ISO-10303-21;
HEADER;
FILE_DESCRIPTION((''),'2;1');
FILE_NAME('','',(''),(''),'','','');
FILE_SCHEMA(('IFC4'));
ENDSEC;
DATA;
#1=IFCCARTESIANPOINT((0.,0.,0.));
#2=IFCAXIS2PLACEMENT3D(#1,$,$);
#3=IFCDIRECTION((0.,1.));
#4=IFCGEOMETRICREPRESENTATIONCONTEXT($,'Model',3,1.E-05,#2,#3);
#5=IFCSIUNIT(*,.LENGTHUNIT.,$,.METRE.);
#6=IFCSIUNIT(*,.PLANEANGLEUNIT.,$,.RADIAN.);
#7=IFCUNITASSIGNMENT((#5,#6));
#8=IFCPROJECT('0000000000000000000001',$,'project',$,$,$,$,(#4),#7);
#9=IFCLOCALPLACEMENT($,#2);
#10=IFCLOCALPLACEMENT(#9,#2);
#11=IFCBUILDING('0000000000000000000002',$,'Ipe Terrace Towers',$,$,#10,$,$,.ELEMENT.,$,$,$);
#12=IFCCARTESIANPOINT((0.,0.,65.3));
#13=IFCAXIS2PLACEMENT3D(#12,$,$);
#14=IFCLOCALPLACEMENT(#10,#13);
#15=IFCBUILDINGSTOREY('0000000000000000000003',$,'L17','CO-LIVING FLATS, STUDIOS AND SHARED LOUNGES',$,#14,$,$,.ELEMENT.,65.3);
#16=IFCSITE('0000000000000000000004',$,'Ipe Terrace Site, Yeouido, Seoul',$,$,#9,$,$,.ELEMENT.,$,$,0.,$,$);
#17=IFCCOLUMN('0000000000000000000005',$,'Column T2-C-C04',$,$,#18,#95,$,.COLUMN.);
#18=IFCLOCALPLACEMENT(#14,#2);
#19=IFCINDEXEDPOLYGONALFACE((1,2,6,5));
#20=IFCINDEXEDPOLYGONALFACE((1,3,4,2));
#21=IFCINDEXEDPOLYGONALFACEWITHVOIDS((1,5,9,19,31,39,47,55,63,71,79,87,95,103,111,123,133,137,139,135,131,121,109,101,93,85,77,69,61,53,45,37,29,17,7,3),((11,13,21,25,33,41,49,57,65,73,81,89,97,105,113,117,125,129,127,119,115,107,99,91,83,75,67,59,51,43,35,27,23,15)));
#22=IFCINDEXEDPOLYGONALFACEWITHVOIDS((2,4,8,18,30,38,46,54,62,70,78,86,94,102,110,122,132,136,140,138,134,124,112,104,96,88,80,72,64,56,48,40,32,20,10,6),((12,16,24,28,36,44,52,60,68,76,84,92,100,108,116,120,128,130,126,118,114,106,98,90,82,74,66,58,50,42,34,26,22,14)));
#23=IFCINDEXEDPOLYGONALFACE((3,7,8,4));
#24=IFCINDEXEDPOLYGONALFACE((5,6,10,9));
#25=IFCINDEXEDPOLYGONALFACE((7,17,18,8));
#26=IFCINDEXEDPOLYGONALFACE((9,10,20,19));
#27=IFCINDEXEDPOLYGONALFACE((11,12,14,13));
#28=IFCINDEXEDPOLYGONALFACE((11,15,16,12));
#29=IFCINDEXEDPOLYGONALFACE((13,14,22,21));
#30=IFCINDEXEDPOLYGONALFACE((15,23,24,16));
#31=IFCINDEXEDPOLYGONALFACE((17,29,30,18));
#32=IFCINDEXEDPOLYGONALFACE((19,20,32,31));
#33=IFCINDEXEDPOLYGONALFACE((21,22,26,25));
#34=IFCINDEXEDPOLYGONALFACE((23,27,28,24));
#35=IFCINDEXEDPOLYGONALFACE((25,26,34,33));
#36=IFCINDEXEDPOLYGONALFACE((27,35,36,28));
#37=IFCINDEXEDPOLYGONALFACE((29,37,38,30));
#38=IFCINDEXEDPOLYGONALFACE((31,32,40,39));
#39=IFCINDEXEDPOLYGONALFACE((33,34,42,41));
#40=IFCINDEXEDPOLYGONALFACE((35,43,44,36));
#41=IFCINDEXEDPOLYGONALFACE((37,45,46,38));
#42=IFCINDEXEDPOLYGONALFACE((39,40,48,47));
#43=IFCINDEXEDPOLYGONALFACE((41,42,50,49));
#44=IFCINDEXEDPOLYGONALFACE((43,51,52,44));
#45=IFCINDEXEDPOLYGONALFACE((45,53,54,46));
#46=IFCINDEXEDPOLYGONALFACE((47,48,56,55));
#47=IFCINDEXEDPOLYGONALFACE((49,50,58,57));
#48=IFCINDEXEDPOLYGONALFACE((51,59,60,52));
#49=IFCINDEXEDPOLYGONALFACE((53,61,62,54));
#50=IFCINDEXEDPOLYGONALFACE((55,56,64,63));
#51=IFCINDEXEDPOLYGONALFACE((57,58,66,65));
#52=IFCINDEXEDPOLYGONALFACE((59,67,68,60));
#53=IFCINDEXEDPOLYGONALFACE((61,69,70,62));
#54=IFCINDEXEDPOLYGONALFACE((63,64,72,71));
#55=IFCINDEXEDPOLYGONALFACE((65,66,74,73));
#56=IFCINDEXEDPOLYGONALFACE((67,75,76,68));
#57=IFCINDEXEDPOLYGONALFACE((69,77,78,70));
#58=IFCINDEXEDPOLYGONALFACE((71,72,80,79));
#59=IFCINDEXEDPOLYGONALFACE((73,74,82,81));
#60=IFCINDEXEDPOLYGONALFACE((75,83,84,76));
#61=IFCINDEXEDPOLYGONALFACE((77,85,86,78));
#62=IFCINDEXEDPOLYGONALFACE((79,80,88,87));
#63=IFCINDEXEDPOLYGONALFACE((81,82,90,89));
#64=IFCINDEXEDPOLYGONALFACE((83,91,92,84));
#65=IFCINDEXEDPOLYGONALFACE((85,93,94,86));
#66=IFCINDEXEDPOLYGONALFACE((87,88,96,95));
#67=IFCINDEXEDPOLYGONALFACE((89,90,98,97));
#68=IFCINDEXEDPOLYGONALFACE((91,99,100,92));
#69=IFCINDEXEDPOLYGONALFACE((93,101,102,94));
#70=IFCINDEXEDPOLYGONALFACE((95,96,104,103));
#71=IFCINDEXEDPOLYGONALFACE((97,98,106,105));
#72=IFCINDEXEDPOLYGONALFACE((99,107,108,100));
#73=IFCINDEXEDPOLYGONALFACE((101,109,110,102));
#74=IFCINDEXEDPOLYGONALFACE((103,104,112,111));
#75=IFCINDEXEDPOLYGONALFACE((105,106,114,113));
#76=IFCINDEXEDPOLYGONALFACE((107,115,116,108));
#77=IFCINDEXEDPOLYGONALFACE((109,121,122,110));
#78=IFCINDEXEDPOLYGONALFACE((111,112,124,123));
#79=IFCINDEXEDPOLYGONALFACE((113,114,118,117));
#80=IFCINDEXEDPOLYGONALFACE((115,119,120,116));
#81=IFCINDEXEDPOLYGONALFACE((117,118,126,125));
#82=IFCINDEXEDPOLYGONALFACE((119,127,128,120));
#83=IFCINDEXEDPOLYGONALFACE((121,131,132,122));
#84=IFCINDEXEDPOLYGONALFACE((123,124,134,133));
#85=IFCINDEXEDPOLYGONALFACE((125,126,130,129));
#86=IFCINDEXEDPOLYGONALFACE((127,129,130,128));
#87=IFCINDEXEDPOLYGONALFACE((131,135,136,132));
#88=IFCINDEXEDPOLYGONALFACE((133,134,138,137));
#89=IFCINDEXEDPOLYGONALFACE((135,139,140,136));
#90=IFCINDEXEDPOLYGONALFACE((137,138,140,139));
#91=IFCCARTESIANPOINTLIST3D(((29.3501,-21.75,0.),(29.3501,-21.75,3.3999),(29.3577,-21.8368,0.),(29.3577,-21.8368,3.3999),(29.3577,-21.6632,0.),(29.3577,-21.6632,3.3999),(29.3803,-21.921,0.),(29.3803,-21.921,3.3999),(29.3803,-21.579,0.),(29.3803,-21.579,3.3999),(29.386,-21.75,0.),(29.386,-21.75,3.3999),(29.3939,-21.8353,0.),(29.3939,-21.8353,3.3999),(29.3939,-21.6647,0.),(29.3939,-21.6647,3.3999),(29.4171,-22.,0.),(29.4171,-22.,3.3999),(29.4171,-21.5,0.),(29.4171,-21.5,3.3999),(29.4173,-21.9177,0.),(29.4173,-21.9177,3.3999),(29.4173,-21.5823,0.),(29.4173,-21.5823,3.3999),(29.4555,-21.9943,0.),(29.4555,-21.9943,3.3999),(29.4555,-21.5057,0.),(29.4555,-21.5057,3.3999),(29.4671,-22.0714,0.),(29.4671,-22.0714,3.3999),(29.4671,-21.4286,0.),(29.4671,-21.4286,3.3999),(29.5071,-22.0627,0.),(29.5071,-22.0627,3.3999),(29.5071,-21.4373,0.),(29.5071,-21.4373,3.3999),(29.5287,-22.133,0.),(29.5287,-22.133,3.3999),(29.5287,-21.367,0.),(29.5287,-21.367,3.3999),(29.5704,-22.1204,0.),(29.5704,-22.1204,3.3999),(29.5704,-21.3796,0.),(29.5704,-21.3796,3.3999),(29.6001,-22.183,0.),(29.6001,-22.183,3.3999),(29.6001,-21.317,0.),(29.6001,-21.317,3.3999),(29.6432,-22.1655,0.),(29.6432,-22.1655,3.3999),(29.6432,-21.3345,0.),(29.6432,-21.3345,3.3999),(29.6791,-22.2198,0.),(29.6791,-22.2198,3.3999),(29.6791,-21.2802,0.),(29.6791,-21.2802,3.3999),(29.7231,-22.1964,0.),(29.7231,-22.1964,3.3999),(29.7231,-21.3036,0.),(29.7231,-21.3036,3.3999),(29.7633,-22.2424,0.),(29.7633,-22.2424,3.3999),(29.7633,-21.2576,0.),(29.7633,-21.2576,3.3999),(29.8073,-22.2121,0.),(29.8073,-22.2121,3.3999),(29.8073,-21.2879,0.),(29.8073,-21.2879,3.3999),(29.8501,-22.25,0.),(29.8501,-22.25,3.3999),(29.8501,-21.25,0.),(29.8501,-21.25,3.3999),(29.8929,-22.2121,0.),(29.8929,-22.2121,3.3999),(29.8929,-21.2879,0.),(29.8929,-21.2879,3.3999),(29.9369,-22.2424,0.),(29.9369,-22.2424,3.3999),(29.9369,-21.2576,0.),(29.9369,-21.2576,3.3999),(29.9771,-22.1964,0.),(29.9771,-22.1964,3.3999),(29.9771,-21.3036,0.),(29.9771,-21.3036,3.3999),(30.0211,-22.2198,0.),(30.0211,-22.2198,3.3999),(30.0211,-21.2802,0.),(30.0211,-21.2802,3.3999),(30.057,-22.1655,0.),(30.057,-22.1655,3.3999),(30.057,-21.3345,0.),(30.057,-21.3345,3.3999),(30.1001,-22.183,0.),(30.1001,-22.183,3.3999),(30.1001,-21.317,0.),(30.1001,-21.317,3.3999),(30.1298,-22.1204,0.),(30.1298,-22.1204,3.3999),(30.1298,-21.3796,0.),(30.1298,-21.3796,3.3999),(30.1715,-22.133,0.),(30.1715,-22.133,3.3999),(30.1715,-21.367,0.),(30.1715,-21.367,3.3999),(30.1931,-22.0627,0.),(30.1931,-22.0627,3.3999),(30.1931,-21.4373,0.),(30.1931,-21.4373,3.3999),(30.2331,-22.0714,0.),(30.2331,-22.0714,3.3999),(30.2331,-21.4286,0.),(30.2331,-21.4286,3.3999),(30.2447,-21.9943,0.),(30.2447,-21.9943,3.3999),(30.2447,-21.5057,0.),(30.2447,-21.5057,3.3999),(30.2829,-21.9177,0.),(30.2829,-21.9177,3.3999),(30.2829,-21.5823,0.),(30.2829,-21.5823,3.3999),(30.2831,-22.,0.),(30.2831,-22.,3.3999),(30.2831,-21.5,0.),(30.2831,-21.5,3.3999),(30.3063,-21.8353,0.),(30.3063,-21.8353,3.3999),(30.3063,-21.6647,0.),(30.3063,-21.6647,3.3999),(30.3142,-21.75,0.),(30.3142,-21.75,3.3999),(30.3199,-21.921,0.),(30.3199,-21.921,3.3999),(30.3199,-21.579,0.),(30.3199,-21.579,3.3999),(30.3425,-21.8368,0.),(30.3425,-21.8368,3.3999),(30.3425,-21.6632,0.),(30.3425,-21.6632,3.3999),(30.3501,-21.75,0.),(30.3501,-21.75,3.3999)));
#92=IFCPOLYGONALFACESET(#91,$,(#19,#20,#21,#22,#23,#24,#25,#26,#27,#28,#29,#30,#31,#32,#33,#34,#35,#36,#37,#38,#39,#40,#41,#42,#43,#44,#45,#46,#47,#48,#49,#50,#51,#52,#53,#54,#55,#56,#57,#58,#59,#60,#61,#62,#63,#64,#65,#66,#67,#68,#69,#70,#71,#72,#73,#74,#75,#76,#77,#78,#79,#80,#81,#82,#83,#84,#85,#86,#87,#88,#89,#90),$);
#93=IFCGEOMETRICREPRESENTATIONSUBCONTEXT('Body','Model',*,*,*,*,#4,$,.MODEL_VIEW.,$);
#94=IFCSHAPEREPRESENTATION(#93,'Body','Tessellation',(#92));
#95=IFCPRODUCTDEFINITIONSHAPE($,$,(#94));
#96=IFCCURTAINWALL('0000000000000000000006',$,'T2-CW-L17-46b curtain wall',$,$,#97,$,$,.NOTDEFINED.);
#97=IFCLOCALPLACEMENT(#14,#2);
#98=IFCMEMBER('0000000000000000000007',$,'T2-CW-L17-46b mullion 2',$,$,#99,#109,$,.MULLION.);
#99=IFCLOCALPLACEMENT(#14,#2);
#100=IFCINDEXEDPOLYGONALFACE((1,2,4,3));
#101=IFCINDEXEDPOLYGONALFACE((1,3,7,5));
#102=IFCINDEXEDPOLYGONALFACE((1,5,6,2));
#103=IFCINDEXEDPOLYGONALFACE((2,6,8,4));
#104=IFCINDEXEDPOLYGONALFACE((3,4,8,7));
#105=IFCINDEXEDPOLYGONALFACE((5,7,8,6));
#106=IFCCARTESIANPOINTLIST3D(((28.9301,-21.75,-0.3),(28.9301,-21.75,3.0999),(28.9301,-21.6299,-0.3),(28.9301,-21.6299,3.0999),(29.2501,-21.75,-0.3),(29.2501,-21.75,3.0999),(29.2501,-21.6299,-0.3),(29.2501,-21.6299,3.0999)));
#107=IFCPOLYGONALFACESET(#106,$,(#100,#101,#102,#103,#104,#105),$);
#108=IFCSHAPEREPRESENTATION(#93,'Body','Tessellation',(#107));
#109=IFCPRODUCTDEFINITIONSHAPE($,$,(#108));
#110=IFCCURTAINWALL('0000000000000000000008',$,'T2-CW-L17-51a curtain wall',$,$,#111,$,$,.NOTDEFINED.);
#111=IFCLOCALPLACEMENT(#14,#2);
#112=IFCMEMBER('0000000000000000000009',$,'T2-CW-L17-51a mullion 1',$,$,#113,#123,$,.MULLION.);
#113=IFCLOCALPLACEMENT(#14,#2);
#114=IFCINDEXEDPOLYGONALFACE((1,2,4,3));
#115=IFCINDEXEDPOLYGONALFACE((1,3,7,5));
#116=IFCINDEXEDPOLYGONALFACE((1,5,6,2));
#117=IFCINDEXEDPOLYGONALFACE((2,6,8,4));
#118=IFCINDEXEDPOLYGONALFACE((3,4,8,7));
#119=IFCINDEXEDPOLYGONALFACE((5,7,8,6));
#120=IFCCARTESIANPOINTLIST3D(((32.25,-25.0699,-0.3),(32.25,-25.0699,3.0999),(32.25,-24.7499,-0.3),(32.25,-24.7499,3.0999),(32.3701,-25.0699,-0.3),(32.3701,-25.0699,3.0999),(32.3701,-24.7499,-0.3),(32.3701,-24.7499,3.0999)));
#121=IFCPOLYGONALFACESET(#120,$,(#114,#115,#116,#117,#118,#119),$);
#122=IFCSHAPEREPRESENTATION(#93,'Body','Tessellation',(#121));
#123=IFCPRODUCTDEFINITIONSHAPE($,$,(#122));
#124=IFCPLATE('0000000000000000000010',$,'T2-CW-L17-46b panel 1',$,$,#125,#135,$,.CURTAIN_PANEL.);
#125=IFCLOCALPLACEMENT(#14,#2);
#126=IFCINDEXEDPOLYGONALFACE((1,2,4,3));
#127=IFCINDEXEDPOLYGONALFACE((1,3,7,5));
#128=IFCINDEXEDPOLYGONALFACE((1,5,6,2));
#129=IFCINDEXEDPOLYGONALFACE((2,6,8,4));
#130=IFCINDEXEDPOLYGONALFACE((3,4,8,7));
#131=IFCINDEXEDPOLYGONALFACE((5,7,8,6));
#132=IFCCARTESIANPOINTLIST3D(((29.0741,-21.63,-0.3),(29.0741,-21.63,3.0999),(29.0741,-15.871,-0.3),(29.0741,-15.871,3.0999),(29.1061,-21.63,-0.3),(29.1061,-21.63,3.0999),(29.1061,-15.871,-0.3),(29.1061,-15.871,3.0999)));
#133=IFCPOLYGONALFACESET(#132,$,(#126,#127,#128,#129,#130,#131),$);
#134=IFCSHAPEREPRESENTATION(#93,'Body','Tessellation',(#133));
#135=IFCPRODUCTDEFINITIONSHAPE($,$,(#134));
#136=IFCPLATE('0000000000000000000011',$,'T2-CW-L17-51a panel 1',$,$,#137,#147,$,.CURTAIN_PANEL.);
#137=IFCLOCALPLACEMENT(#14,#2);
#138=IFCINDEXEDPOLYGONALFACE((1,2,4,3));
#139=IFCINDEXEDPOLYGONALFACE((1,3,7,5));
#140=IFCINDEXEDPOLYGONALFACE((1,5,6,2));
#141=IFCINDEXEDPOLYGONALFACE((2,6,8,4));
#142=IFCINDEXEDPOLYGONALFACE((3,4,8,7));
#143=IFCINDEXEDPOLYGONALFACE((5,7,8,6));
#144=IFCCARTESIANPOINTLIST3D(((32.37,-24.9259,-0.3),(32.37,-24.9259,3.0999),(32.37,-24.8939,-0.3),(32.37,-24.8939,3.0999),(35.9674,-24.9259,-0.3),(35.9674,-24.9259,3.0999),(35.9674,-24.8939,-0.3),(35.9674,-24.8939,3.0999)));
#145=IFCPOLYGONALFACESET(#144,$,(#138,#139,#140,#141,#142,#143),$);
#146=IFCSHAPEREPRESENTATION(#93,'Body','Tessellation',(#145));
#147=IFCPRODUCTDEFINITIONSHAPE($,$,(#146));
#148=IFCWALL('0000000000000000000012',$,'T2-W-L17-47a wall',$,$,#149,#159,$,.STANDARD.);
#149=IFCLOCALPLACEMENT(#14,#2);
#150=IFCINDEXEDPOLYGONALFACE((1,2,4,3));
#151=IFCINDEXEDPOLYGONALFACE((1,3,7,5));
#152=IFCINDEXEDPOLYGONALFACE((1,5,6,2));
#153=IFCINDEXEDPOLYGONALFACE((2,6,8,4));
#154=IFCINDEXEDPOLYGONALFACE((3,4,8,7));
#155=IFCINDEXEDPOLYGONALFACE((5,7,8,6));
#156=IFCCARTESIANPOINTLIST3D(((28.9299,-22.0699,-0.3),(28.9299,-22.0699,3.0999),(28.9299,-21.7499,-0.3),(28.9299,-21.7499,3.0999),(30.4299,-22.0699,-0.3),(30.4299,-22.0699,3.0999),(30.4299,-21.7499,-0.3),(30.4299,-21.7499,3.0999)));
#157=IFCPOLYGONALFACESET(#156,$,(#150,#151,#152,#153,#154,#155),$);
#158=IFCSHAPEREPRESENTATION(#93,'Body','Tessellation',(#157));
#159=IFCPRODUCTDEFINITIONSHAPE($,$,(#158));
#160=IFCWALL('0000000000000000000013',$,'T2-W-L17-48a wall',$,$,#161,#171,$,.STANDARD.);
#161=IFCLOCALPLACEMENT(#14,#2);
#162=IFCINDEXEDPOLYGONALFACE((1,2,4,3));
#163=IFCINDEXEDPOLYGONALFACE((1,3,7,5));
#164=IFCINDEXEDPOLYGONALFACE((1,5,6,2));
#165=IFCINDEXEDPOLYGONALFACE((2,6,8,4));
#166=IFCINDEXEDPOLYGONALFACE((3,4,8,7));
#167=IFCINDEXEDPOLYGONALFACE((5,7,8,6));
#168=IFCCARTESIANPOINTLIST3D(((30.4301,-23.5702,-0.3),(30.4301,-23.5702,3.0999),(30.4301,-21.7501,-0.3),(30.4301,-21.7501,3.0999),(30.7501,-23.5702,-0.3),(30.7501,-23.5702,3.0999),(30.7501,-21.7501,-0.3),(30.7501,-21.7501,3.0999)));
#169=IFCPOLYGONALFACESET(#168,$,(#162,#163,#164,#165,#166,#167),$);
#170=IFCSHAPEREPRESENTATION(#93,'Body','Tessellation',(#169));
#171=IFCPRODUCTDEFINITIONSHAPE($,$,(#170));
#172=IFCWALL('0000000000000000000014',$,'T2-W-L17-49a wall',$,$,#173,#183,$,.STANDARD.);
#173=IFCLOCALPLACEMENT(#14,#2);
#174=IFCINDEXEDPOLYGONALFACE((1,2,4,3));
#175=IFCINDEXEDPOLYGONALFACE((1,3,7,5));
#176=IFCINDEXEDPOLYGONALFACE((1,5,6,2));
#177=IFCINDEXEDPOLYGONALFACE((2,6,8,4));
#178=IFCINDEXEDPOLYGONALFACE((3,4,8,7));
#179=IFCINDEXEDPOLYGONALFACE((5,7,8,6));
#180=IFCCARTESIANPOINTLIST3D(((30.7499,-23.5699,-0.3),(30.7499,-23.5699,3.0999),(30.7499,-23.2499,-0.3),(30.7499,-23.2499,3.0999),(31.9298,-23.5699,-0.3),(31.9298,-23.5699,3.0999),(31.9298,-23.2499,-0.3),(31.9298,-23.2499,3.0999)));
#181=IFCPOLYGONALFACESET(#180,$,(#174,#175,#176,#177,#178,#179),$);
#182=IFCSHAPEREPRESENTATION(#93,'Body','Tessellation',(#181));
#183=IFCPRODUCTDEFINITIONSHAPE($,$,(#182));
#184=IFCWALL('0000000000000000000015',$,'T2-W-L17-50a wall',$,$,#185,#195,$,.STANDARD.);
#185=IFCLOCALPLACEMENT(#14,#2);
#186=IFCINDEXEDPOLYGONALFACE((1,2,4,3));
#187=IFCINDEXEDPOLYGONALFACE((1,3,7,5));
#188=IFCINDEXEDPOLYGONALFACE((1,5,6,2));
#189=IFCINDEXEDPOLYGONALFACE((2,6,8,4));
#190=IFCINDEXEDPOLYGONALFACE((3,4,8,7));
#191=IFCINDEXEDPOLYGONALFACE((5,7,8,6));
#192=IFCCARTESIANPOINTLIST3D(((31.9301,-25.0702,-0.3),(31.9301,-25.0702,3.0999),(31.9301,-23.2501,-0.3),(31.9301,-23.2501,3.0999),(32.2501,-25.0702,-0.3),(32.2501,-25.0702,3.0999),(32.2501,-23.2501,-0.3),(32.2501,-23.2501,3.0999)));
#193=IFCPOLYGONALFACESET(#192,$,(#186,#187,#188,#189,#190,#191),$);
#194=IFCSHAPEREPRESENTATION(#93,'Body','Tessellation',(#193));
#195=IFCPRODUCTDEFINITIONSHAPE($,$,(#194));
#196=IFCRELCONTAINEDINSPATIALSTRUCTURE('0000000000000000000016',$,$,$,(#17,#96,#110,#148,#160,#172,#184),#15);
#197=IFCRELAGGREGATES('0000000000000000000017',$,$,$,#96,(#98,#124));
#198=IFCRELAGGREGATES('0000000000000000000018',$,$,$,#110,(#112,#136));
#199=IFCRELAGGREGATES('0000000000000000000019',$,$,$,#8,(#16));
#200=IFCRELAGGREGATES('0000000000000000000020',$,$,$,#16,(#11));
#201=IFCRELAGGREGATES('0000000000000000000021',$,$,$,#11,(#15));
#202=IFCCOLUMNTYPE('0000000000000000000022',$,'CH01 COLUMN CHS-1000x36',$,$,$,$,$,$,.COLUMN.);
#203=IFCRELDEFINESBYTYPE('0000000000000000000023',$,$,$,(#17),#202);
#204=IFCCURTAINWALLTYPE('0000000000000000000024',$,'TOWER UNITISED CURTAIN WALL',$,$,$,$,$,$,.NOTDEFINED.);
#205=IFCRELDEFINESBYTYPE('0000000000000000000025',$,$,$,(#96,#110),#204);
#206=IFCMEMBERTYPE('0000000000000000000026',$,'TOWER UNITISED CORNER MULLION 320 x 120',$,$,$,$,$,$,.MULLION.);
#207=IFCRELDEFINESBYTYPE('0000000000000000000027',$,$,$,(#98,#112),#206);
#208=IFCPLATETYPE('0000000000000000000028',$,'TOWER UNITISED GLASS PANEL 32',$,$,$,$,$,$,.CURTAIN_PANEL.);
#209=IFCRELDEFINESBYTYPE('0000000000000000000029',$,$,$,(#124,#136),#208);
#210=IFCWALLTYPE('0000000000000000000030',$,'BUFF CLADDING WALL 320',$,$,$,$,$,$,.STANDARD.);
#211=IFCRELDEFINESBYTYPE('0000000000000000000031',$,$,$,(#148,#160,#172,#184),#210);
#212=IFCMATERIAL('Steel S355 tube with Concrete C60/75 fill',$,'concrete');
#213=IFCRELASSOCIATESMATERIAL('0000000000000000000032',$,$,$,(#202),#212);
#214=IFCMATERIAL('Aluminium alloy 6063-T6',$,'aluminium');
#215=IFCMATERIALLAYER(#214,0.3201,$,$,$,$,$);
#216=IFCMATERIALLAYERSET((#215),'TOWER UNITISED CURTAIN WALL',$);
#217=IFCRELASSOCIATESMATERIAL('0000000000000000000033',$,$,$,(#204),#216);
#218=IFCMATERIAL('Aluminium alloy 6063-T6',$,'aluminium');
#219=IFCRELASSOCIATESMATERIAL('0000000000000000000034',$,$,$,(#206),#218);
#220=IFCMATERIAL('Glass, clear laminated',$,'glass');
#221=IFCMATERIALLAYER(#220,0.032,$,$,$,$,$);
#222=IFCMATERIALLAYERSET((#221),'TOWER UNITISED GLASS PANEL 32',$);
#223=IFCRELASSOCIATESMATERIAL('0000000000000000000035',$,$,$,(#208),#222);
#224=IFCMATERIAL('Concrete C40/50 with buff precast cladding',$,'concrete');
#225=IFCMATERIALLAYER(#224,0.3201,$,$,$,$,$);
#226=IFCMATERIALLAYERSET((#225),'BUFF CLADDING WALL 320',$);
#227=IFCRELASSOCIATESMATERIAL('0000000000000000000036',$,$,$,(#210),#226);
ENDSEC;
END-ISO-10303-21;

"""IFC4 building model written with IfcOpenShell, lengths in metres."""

from ifc_helpers import new_model, si_unit, direction, frame, frame_2d, origin, origin_2d, place, context, subcontext, project, spatial, rectangle, hollow_circle, extrude, material, layer, layer_set, material_profile, profile_set, type_object, element, aggregate, save


model = new_model("IFC4")

# Units and contexts
model_context = context("Model", 3, precision=1e-05, world=origin(), true_north=direction((0.0, 1.0)))
body_context = subcontext(model_context, "Body", "Model", "MODEL_VIEW")
ifc_project = project(units=[si_unit("LENGTHUNIT", "METRE"), si_unit("PLANEANGLEUNIT", "RADIAN")], contexts=[model_context])

# Site, building, storey
site_placement = place(None, origin())
site = spatial("IfcSite", under=ifc_project, at=site_placement, Name="Ipe Terrace Site, Yeouido, Seoul", CompositionType="ELEMENT", RefElevation=0.0)
building_placement = place(site_placement, origin())
building = spatial("IfcBuilding", under=site, at=building_placement, Name="Ipe Terrace Towers", CompositionType="ELEMENT")
storey_placement = place(building_placement, frame((0.0, 0.0, 65.3)))
storey = spatial("IfcBuildingStorey", under=building, at=storey_placement, Name="L17", Description="CO-LIVING FLATS, STUDIOS AND SHARED LOUNGES", CompositionType="ELEMENT", Elevation=65.3)

# Column
ifc_material_1 = material(Name="Steel S355 tube with Concrete C60/75 fill", Category="concrete")
ifc_material_profile_1 = material_profile(ifc_material_1, hollow_circle(Radius=0.5, WallThickness=0.0359, at=origin_2d()), Name="CHS-1000x36")
ifc_profile_set_1 = profile_set([ifc_material_profile_1], Name="Steel S355 tube with Concrete C60/75 fill")
column_type = type_object("IfcColumnType", Name="CH01 COLUMN CHS-1000x36", PredefinedType="COLUMN", material=ifc_profile_set_1)
column_placement = place(storey_placement, frame((29.8501, -21.75, 0.0), z_axis=(0.0, 0.0, 1.0), x_axis=(1.0, 0.0, 0.0)))
element("IfcColumn", 1, at=column_placement, inside=storey, type_object=column_type, Name="Column T2-C-C04", PredefinedType="COLUMN", context=body_context, shape_type="SweptSolid", body=[
    extrude(hollow_circle(Radius=0.5, WallThickness=0.0359, at=origin_2d()), origin(), (0.0, 0.0, 1.0), 3.3999),
])

# Curtain walls, members
ifc_material_2 = material(Name="Aluminium alloy 6063-T6", Category="aluminium")
ifc_layer_1 = layer(ifc_material_2, 0.3201)
ifc_layer_set_1 = layer_set([ifc_layer_1], Name="TOWER UNITISED CURTAIN WALL")
curtain_wall_type = type_object("IfcCurtainWallType", Name="TOWER UNITISED CURTAIN WALL", PredefinedType="NOTDEFINED", material=ifc_layer_set_1)
curtain_wall_1_placement = place(storey_placement, origin())
curtain_wall_1 = element("IfcCurtainWall", 2, at=curtain_wall_1_placement, inside=storey, type_object=curtain_wall_type, Name="T2-CW-L17-46b curtain wall", PredefinedType="NOTDEFINED")
ifc_material_3 = material(Name="Aluminium alloy 6063-T6", Category="aluminium")
ifc_material_profile_2 = material_profile(ifc_material_3, rectangle(XDim=0.3201, YDim=0.1201, at=origin_2d()), Name="TOWER UNITISED CORNER MULLION 320 x 120")
ifc_profile_set_2 = profile_set([ifc_material_profile_2], Name="Aluminium alloy 6063-T6")
member_type = type_object("IfcMemberType", Name="TOWER UNITISED CORNER MULLION 320 x 120", PredefinedType="MULLION", material=ifc_profile_set_2)
member_1_placement = place(storey_placement, frame((29.0901, -21.6899, -0.3), z_axis=(0.0, 0.0, 1.0), x_axis=(-1.0, 0.0, 0.0)))
member_1 = element("IfcMember", 3, at=member_1_placement, type_object=member_type, Name="T2-CW-L17-46b mullion 2", PredefinedType="MULLION", context=body_context, shape_type="SweptSolid", body=[
    extrude(rectangle(XDim=0.3201, YDim=0.1201, at=origin_2d()), origin(), (0.0, 0.0, 1.0), 3.3999),
])
curtain_wall_2_placement = place(storey_placement, origin())
curtain_wall_2 = element("IfcCurtainWall", 4, at=curtain_wall_2_placement, inside=storey, type_object=curtain_wall_type, Name="T2-CW-L17-51a curtain wall", PredefinedType="NOTDEFINED")
member_2_placement = place(storey_placement, frame((32.3101, -24.9099, -0.3), z_axis=(0.0, 0.0, 1.0), x_axis=(0.0, -1.0, 0.0)))
member_2 = element("IfcMember", 5, at=member_2_placement, type_object=member_type, Name="T2-CW-L17-51a mullion 1", PredefinedType="MULLION", context=body_context, shape_type="SweptSolid", body=[
    extrude(rectangle(XDim=0.3201, YDim=0.1201, at=origin_2d()), origin(), (0.0, 0.0, 1.0), 3.3999),
])

# Plates
ifc_material_4 = material(Name="Glass, clear laminated", Category="glass")
ifc_layer_2 = layer(ifc_material_4, 0.032)
ifc_layer_set_2 = layer_set([ifc_layer_2], Name="TOWER UNITISED GLASS PANEL 32")
plate_type = type_object("IfcPlateType", Name="TOWER UNITISED GLASS PANEL 32", PredefinedType="CURTAIN_PANEL", material=ifc_layer_set_2)
plate_1_placement = place(storey_placement, frame((29.0901, -18.7505, -0.3), z_axis=(0.0, 0.0, 1.0), x_axis=(0.0, -1.0, 0.0)))
plate_1 = element("IfcPlate", 6, at=plate_1_placement, type_object=plate_type, Name="T2-CW-L17-46b panel 1", PredefinedType="CURTAIN_PANEL", context=body_context, shape_type="SweptSolid", body=[
    extrude(rectangle(XDim=5.759, YDim=0.032, at=origin_2d()), origin(), (0.0, 0.0, 1.0), 3.3999),
])
aggregate(curtain_wall_1, [member_1, plate_1])
plate_2_placement = place(storey_placement, frame((34.1687, -24.9099, -0.3), z_axis=(0.0, 0.0, 1.0), x_axis=(1.0, 0.0, 0.0)))
plate_2 = element("IfcPlate", 7, at=plate_2_placement, type_object=plate_type, Name="T2-CW-L17-51a panel 1", PredefinedType="CURTAIN_PANEL", context=body_context, shape_type="SweptSolid", body=[
    extrude(rectangle(XDim=3.5974, YDim=0.032, at=origin_2d()), origin(), (0.0, 0.0, 1.0), 3.3999),
])
aggregate(curtain_wall_2, [member_2, plate_2])

# Walls
ifc_material_5 = material(Name="Concrete C40/50 with buff precast cladding", Category="concrete")
ifc_layer_3 = layer(ifc_material_5, 0.3201)
ifc_layer_set_3 = layer_set([ifc_layer_3], Name="BUFF CLADDING WALL 320")
wall_type_1 = type_object("IfcWallType", Name="BUFF CLADDING WALL 320", PredefinedType="STANDARD", material=ifc_layer_set_3)
wall_1_placement = place(storey_placement, frame((28.9299, -21.9099, -0.3), z_axis=(0.0, 0.0, 1.0), x_axis=(1.0, 0.0, 0.0)))
element("IfcWall", 8, at=wall_1_placement, inside=storey, type_object=wall_type_1, Name="T2-W-L17-47a wall", PredefinedType="STANDARD", context=body_context, shape_type="SweptSolid", body=[
    extrude(rectangle(XDim=1.5, YDim=0.3201, at=frame_2d((0.75, 0.0))), origin(), (0.0, 0.0, 1.0), 3.3999),
])
wall_2_placement = place(storey_placement, frame((30.5901, -21.75, -0.3), z_axis=(0.0, 0.0, 1.0), x_axis=(0.0, -1.0, 0.0)))
element("IfcWall", 9, at=wall_2_placement, inside=storey, type_object=wall_type_1, Name="T2-W-L17-48a wall", PredefinedType="STANDARD", context=body_context, shape_type="SweptSolid", body=[
    extrude(rectangle(XDim=1.8201, YDim=0.3201, at=frame_2d((0.9102, 0.0))), origin(), (0.0, 0.0, 1.0), 3.3999),
])
wall_3_placement = place(storey_placement, frame((30.75, -23.4099, -0.3), z_axis=(0.0, 0.0, 1.0), x_axis=(1.0, 0.0, 0.0)))
element("IfcWall", 10, at=wall_3_placement, inside=storey, type_object=wall_type_1, Name="T2-W-L17-49a wall", PredefinedType="STANDARD", context=body_context, shape_type="SweptSolid", body=[
    extrude(rectangle(XDim=1.1799, YDim=0.3201, at=frame_2d((0.5898, 0.0))), origin(), (0.0, 0.0, 1.0), 3.3999),
])
wall_4_placement = place(storey_placement, frame((32.0901, -23.25, -0.3), z_axis=(0.0, 0.0, 1.0), x_axis=(0.0, -1.0, 0.0)))
element("IfcWall", 11, at=wall_4_placement, inside=storey, type_object=wall_type_1, Name="T2-W-L17-50a wall", PredefinedType="STANDARD", context=body_context, shape_type="SweptSolid", body=[
    extrude(rectangle(XDim=1.8201, YDim=0.3201, at=frame_2d((0.9102, 0.0))), origin(), (0.0, 0.0, 1.0), 3.3999),
])

save(model, "model.ifc")
